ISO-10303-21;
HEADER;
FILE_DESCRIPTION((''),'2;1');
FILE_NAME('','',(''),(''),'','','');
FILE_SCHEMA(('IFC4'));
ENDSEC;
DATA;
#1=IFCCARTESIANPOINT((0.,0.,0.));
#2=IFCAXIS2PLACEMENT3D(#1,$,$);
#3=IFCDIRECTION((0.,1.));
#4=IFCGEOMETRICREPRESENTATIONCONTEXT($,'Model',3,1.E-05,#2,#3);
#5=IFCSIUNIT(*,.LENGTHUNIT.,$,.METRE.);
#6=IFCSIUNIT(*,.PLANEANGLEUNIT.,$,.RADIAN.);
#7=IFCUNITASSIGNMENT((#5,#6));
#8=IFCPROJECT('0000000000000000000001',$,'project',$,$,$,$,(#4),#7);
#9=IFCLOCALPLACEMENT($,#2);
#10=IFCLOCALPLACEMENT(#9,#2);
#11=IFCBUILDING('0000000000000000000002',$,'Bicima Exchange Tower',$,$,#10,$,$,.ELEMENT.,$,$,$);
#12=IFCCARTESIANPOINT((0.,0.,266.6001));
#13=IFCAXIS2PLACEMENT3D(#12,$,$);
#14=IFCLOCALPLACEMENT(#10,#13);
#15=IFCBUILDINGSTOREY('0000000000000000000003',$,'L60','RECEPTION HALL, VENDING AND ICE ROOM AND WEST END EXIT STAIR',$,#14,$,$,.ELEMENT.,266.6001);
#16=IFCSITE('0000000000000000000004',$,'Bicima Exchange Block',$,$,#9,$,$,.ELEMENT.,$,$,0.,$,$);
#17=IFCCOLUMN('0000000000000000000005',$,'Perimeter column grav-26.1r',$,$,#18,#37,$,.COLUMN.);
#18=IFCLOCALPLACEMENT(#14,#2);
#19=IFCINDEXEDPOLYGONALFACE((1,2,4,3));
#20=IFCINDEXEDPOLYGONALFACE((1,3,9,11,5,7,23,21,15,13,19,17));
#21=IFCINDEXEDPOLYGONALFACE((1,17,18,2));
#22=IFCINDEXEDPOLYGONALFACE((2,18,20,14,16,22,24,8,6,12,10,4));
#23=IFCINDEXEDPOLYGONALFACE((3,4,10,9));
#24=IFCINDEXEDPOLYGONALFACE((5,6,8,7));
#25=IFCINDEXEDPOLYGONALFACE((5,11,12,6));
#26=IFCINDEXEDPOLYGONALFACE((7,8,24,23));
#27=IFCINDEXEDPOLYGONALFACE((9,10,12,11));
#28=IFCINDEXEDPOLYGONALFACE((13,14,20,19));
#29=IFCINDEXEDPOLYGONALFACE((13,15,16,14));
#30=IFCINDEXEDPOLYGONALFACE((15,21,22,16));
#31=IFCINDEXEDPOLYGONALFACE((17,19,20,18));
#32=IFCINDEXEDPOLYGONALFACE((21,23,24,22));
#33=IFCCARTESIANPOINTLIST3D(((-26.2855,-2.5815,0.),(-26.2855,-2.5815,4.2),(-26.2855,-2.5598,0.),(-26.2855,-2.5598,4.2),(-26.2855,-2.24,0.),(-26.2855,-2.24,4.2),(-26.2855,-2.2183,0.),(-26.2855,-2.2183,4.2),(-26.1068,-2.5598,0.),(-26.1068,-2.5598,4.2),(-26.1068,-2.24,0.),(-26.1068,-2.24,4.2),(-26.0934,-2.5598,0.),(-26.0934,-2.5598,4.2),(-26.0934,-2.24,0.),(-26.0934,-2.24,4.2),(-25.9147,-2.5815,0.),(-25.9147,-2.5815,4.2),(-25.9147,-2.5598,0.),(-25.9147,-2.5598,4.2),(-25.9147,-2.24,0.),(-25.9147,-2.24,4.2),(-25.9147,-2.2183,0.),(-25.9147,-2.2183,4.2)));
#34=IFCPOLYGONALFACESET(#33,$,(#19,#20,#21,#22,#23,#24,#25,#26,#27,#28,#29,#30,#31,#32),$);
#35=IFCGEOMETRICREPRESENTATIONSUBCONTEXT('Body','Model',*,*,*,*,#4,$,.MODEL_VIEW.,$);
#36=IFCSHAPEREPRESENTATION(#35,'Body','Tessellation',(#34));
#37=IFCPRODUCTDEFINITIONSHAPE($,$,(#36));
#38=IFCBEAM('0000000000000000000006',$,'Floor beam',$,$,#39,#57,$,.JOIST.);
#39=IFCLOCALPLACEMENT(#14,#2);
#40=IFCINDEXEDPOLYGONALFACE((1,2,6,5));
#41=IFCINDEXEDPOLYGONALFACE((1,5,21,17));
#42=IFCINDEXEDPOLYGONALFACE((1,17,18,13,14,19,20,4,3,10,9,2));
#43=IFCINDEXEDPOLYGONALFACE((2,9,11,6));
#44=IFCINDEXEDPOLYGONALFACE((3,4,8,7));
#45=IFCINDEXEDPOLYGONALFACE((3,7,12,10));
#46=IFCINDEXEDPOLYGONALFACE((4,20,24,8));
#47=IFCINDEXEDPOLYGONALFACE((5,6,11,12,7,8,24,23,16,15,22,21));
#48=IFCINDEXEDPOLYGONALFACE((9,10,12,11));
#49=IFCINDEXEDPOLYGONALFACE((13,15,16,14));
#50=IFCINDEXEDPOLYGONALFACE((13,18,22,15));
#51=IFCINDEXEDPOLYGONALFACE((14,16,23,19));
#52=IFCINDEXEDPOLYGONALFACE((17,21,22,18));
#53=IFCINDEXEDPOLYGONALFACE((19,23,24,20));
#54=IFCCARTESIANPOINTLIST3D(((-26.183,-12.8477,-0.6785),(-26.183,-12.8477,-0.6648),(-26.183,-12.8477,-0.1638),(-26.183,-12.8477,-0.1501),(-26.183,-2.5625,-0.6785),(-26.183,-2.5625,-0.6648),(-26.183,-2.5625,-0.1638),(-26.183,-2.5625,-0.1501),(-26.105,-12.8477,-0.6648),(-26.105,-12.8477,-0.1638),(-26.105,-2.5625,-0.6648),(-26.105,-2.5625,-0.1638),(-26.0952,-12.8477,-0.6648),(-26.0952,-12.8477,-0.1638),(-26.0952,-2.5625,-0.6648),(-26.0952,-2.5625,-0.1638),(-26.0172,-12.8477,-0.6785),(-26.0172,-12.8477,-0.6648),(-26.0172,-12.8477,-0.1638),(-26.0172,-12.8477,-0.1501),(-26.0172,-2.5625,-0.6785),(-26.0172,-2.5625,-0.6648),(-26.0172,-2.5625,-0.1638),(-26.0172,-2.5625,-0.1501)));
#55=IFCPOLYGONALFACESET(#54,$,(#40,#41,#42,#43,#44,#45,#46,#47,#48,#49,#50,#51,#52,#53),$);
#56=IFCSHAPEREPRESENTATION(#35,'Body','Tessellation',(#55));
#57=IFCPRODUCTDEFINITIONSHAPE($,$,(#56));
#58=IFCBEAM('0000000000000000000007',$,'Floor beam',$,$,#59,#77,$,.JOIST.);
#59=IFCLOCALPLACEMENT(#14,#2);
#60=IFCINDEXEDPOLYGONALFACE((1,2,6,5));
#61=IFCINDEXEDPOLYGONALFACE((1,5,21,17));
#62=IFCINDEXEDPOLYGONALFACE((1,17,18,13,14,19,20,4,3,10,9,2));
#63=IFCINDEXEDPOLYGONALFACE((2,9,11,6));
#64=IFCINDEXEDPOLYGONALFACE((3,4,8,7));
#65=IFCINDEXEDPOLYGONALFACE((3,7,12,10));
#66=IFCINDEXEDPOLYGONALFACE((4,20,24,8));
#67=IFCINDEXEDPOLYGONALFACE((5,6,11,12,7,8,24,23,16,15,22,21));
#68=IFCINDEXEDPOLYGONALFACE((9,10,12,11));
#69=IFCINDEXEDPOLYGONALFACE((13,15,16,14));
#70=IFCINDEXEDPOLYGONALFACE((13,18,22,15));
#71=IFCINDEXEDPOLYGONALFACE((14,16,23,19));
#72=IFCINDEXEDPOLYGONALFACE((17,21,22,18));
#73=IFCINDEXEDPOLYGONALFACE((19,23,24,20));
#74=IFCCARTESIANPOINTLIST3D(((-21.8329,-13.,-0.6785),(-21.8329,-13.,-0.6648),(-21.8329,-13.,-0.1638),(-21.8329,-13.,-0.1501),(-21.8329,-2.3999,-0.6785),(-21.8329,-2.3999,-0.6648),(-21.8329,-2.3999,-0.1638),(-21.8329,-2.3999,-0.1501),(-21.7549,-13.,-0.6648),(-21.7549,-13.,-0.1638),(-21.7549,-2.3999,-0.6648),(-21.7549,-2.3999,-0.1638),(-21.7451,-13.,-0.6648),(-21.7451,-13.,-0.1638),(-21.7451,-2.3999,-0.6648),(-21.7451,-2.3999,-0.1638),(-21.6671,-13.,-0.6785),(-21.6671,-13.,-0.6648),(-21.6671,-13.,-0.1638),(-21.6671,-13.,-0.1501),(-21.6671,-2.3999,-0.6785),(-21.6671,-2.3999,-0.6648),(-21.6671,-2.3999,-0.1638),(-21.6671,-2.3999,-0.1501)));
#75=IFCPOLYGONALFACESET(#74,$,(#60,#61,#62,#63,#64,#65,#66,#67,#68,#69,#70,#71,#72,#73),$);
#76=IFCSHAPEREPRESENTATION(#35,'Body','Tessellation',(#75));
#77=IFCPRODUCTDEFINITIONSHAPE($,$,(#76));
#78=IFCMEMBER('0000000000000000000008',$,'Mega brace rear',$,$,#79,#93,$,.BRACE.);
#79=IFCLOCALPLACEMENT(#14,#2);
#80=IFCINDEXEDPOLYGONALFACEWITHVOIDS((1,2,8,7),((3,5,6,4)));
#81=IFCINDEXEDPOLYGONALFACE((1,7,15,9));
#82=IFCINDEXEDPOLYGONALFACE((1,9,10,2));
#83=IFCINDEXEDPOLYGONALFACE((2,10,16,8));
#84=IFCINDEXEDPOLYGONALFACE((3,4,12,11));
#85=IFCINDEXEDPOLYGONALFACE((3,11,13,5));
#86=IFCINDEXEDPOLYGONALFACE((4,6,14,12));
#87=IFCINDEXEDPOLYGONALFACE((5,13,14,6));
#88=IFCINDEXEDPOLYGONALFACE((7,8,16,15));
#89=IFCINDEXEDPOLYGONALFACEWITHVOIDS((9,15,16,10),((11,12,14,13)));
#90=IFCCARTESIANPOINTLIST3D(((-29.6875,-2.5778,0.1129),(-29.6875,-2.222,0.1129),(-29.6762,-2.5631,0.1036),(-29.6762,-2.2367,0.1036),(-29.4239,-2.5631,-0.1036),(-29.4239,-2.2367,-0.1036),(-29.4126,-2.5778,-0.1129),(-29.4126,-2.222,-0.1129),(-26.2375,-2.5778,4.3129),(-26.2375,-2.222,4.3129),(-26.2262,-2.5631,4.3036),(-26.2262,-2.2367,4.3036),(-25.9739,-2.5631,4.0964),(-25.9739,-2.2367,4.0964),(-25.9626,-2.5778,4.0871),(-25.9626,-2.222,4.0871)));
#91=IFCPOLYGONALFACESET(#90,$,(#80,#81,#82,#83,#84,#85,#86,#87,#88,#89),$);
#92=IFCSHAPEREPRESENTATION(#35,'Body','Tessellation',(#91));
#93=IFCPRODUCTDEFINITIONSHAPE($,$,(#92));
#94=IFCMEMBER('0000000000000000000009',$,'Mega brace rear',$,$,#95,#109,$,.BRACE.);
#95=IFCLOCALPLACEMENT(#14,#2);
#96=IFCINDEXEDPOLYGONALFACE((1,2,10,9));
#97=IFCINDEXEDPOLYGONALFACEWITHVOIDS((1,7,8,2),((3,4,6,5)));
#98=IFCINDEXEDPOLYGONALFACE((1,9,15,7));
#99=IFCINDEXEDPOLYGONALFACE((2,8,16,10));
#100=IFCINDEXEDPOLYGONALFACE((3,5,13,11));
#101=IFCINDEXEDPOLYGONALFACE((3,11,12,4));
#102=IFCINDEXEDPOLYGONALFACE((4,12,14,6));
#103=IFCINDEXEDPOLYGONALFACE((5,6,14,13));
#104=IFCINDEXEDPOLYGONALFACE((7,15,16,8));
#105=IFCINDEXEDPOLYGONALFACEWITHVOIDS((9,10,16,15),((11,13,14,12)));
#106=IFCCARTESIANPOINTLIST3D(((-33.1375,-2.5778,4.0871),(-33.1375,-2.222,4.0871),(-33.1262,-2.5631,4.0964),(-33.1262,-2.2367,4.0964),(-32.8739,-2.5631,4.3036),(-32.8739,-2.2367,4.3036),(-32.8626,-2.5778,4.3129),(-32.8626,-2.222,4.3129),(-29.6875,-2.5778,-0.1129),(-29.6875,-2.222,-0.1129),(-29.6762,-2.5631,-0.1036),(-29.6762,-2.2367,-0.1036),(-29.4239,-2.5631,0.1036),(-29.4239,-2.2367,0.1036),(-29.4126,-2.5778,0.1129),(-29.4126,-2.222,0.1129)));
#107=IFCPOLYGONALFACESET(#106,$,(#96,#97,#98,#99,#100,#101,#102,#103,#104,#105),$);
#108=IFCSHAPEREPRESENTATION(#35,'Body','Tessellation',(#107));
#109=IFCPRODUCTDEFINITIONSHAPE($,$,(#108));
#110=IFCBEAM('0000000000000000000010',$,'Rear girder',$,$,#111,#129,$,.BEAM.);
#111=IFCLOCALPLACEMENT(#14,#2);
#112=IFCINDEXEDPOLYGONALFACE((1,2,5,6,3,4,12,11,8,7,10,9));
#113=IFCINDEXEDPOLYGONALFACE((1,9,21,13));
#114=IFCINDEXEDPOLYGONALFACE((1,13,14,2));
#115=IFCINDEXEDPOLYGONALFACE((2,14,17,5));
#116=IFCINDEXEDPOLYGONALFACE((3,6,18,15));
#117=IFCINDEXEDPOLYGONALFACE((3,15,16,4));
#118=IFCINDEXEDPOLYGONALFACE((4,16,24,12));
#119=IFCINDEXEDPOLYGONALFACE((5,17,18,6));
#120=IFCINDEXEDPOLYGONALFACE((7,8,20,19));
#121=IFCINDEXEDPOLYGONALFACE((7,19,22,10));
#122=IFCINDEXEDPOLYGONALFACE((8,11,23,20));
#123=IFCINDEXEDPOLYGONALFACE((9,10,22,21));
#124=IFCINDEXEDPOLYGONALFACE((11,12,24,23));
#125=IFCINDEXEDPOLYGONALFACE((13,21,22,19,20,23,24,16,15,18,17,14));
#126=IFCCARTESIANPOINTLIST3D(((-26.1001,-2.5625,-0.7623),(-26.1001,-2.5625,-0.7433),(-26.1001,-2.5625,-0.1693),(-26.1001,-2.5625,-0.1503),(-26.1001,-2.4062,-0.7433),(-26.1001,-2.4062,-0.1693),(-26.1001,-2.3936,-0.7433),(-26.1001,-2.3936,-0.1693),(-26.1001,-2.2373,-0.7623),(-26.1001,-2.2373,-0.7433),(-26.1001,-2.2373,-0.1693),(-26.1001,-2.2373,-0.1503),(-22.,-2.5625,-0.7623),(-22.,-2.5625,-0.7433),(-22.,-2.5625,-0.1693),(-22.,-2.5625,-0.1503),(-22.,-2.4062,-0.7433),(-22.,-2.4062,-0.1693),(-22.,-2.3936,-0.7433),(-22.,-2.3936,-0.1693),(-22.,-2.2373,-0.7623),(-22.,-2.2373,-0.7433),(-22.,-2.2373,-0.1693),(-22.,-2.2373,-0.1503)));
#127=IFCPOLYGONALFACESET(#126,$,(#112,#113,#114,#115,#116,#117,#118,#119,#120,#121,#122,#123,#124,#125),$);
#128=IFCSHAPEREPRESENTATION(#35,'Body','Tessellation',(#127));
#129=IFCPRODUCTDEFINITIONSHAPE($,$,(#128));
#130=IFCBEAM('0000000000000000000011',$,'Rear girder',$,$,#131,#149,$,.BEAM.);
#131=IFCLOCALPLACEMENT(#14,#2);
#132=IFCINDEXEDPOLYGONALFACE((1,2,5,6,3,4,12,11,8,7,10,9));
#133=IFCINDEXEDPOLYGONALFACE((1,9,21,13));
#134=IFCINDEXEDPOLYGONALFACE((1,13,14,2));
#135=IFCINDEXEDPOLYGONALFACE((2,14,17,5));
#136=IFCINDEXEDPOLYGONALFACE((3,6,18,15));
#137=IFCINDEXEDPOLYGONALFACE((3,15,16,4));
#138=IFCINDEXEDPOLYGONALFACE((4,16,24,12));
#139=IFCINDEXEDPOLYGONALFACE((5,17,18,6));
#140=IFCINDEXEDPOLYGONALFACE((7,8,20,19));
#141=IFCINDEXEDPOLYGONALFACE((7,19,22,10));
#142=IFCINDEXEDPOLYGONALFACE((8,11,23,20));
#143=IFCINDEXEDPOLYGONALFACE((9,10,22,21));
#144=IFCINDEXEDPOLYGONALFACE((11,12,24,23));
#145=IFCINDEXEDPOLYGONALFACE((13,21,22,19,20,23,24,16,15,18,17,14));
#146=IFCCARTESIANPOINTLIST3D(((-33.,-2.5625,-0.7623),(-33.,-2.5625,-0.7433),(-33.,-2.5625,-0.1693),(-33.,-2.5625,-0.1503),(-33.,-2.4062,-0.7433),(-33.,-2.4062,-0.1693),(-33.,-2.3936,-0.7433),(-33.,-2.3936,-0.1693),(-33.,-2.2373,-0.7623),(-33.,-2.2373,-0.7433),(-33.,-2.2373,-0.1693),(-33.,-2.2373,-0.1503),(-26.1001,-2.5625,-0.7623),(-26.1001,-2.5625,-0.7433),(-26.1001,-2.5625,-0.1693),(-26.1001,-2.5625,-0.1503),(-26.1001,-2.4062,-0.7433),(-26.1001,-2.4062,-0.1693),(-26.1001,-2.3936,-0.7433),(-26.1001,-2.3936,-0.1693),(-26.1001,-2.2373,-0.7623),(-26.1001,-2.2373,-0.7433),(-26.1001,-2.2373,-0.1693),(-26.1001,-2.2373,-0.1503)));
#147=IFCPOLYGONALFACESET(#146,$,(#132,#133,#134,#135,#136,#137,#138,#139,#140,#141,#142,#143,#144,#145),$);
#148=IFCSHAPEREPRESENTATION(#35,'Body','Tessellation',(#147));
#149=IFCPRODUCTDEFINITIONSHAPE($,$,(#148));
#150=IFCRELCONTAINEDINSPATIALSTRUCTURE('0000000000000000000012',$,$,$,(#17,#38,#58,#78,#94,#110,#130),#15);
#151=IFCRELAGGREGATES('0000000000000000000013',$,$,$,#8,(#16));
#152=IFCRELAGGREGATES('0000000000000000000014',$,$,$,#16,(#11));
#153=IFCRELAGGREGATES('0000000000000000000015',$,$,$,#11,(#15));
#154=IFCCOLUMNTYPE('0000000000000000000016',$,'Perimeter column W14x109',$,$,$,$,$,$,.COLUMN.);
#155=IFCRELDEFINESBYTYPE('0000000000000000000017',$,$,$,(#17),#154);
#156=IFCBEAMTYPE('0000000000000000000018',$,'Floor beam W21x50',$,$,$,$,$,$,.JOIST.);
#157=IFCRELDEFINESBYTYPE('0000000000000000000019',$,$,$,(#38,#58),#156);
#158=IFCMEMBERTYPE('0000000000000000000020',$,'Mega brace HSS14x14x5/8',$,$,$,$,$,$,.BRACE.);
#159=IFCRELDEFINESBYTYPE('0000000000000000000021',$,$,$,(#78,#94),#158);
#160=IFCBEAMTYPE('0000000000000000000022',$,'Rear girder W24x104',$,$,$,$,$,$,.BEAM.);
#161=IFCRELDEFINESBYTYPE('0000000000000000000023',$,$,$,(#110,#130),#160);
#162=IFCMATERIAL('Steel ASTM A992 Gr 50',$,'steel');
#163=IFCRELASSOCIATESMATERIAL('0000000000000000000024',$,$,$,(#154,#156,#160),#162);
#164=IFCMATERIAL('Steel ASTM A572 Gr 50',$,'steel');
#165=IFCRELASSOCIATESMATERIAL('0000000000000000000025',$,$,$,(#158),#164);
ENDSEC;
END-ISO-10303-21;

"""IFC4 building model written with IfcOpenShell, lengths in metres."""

from ifc_helpers import new_model, si_unit, direction, frame, origin, origin_2d, place, context, subcontext, project, spatial, hollow_rectangle, i_section, extrude, material, material_profile, profile_set, type_object, element, save


model = new_model("IFC4")

# Units and contexts
model_context = context("Model", 3, precision=1e-05, world=origin(), true_north=direction((0.0, 1.0)))
body_context = subcontext(model_context, "Body", "Model", "MODEL_VIEW")
ifc_project = project(units=[si_unit("LENGTHUNIT", "METRE"), si_unit("PLANEANGLEUNIT", "RADIAN")], contexts=[model_context])

# Site, building, storey
site_placement = place(None, origin())
site = spatial("IfcSite", under=ifc_project, at=site_placement, Name="Bicima Exchange Block", CompositionType="ELEMENT", RefElevation=0.0)
building_placement = place(site_placement, origin())
building = spatial("IfcBuilding", under=site, at=building_placement, Name="Bicima Exchange Tower", CompositionType="ELEMENT")
storey_placement = place(building_placement, frame((0.0, 0.0, 266.6001)))
storey = spatial("IfcBuildingStorey", under=building, at=storey_placement, Name="L60", Description="RECEPTION HALL, VENDING AND ICE ROOM AND WEST END EXIT STAIR", CompositionType="ELEMENT", Elevation=266.6001)

# Column
ifc_material_1 = material(Name="Steel ASTM A992 Gr 50", Category="steel")
ifc_material_profile_1 = material_profile(ifc_material_1, i_section(OverallWidth=0.3708, OverallDepth=0.3633, WebThickness=0.0134, FlangeThickness=0.0217, at=origin_2d()))
ifc_profile_set_1 = profile_set([ifc_material_profile_1], Name="Steel ASTM A992 Gr 50")
column_type = type_object("IfcColumnType", Name="Perimeter column W14x109", PredefinedType="COLUMN", material=ifc_profile_set_1)
column_placement = place(storey_placement, frame((-26.1001, -2.3999, 0.0), z_axis=(0.0, 0.0, 1.0), x_axis=(1.0, 0.0, 0.0)))
element("IfcColumn", 1, at=column_placement, inside=storey, type_object=column_type, Name="Perimeter column grav-26.1r", PredefinedType="COLUMN", context=body_context, shape_type="SweptSolid", body=[
    extrude(i_section(OverallWidth=0.3708, OverallDepth=0.3633, WebThickness=0.0134, FlangeThickness=0.0217, at=origin_2d()), origin(), (0.0, 0.0, 1.0), 4.2),
])

# Beams
ifc_material_profile_2 = material_profile(ifc_material_1, i_section(OverallWidth=0.1658, OverallDepth=0.5283, WebThickness=0.0098, FlangeThickness=0.0137, at=origin_2d()))
ifc_profile_set_2 = profile_set([ifc_material_profile_2], Name="Steel ASTM A992 Gr 50")
beam_type_1 = type_object("IfcBeamType", Name="Floor beam W21x50", PredefinedType="JOIST", material=ifc_profile_set_2)
beam_1_placement = place(storey_placement, frame((-26.1001, -2.5625, -0.4143), z_axis=(0.0, -1.0, 0.0), x_axis=(1.0, 0.0, 0.0)))
element("IfcBeam", 2, at=beam_1_placement, inside=storey, type_object=beam_type_1, Name="Floor beam", PredefinedType="JOIST", context=body_context, shape_type="SweptSolid", body=[
    extrude(i_section(OverallWidth=0.1658, OverallDepth=0.5283, WebThickness=0.0098, FlangeThickness=0.0137, at=origin_2d()), origin(), (0.0, 0.0, 1.0), 10.2852),
])
beam_2_placement = place(storey_placement, frame((-21.75, -2.3999, -0.4143), z_axis=(0.0, -1.0, 0.0), x_axis=(1.0, 0.0, 0.0)))
element("IfcBeam", 3, at=beam_2_placement, inside=storey, type_object=beam_type_1, Name="Floor beam", PredefinedType="JOIST", context=body_context, shape_type="SweptSolid", body=[
    extrude(i_section(OverallWidth=0.1658, OverallDepth=0.5283, WebThickness=0.0098, FlangeThickness=0.0137, at=origin_2d()), origin(), (0.0, 0.0, 1.0), 10.6001),
])

# Members
ifc_material_2 = material(Name="Steel ASTM A572 Gr 50", Category="steel")
ifc_material_profile_3 = material_profile(ifc_material_2, hollow_rectangle(XDim=0.3557, YDim=0.3557, WallThickness=0.0146, at=origin_2d()))
ifc_profile_set_3 = profile_set([ifc_material_profile_3], Name="Steel ASTM A572 Gr 50")
member_type = type_object("IfcMemberType", Name="Mega brace HSS14x14x5/8", PredefinedType="BRACE", material=ifc_profile_set_3)
for number, where, z_axis, x_axis, name in (
    (4, (-29.55, -2.3999, 0.0), (0.634738, 0.0, 0.772727), (0.0, 1.0, 0.0), "Mega brace rear"),
    (5, (-29.55, -2.3999, 0.0), (-0.634738, 0.0, 0.772727), (0.0, -1.0, 0.0), "Mega brace rear"),
):
    element("IfcMember", number, at=place(storey_placement, frame(where, z_axis=z_axis, x_axis=x_axis)), inside=storey, type_object=member_type, Name=name, PredefinedType="BRACE", context=body_context, shape_type="SweptSolid", body=[
        extrude(hollow_rectangle(XDim=0.3557, YDim=0.3557, WallThickness=0.0146, at=origin_2d()), origin(), (0.0, 0.0, 1.0), 5.4353),
    ])

# Beams
ifc_material_profile_4 = material_profile(ifc_material_1, i_section(OverallWidth=0.3252, OverallDepth=0.6121, WebThickness=0.0127, FlangeThickness=0.019, at=origin_2d()))
ifc_profile_set_4 = profile_set([ifc_material_profile_4], Name="Steel ASTM A992 Gr 50")
beam_type_2 = type_object("IfcBeamType", Name="Rear girder W24x104", PredefinedType="BEAM", material=ifc_profile_set_4)
beam_3_placement = place(storey_placement, frame((-22.0, -2.3999, -0.4563), z_axis=(-1.0, 0.0, 0.0), x_axis=(0.0, -1.0, 0.0)))
element("IfcBeam", 6, at=beam_3_placement, inside=storey, type_object=beam_type_2, Name="Rear girder", PredefinedType="BEAM", context=body_context, shape_type="SweptSolid", body=[
    extrude(i_section(OverallWidth=0.3252, OverallDepth=0.6121, WebThickness=0.0127, FlangeThickness=0.019, at=origin_2d()), origin(), (0.0, 0.0, 1.0), 4.1001),
])
beam_4_placement = place(storey_placement, frame((-26.1001, -2.3999, -0.4563), z_axis=(-1.0, 0.0, 0.0), x_axis=(0.0, -1.0, 0.0)))
element("IfcBeam", 7, at=beam_4_placement, inside=storey, type_object=beam_type_2, Name="Rear girder", PredefinedType="BEAM", context=body_context, shape_type="SweptSolid", body=[
    extrude(i_section(OverallWidth=0.3252, OverallDepth=0.6121, WebThickness=0.0127, FlangeThickness=0.019, at=origin_2d()), origin(), (0.0, 0.0, 1.0), 6.8999),
])

save(model, "model.ifc")
